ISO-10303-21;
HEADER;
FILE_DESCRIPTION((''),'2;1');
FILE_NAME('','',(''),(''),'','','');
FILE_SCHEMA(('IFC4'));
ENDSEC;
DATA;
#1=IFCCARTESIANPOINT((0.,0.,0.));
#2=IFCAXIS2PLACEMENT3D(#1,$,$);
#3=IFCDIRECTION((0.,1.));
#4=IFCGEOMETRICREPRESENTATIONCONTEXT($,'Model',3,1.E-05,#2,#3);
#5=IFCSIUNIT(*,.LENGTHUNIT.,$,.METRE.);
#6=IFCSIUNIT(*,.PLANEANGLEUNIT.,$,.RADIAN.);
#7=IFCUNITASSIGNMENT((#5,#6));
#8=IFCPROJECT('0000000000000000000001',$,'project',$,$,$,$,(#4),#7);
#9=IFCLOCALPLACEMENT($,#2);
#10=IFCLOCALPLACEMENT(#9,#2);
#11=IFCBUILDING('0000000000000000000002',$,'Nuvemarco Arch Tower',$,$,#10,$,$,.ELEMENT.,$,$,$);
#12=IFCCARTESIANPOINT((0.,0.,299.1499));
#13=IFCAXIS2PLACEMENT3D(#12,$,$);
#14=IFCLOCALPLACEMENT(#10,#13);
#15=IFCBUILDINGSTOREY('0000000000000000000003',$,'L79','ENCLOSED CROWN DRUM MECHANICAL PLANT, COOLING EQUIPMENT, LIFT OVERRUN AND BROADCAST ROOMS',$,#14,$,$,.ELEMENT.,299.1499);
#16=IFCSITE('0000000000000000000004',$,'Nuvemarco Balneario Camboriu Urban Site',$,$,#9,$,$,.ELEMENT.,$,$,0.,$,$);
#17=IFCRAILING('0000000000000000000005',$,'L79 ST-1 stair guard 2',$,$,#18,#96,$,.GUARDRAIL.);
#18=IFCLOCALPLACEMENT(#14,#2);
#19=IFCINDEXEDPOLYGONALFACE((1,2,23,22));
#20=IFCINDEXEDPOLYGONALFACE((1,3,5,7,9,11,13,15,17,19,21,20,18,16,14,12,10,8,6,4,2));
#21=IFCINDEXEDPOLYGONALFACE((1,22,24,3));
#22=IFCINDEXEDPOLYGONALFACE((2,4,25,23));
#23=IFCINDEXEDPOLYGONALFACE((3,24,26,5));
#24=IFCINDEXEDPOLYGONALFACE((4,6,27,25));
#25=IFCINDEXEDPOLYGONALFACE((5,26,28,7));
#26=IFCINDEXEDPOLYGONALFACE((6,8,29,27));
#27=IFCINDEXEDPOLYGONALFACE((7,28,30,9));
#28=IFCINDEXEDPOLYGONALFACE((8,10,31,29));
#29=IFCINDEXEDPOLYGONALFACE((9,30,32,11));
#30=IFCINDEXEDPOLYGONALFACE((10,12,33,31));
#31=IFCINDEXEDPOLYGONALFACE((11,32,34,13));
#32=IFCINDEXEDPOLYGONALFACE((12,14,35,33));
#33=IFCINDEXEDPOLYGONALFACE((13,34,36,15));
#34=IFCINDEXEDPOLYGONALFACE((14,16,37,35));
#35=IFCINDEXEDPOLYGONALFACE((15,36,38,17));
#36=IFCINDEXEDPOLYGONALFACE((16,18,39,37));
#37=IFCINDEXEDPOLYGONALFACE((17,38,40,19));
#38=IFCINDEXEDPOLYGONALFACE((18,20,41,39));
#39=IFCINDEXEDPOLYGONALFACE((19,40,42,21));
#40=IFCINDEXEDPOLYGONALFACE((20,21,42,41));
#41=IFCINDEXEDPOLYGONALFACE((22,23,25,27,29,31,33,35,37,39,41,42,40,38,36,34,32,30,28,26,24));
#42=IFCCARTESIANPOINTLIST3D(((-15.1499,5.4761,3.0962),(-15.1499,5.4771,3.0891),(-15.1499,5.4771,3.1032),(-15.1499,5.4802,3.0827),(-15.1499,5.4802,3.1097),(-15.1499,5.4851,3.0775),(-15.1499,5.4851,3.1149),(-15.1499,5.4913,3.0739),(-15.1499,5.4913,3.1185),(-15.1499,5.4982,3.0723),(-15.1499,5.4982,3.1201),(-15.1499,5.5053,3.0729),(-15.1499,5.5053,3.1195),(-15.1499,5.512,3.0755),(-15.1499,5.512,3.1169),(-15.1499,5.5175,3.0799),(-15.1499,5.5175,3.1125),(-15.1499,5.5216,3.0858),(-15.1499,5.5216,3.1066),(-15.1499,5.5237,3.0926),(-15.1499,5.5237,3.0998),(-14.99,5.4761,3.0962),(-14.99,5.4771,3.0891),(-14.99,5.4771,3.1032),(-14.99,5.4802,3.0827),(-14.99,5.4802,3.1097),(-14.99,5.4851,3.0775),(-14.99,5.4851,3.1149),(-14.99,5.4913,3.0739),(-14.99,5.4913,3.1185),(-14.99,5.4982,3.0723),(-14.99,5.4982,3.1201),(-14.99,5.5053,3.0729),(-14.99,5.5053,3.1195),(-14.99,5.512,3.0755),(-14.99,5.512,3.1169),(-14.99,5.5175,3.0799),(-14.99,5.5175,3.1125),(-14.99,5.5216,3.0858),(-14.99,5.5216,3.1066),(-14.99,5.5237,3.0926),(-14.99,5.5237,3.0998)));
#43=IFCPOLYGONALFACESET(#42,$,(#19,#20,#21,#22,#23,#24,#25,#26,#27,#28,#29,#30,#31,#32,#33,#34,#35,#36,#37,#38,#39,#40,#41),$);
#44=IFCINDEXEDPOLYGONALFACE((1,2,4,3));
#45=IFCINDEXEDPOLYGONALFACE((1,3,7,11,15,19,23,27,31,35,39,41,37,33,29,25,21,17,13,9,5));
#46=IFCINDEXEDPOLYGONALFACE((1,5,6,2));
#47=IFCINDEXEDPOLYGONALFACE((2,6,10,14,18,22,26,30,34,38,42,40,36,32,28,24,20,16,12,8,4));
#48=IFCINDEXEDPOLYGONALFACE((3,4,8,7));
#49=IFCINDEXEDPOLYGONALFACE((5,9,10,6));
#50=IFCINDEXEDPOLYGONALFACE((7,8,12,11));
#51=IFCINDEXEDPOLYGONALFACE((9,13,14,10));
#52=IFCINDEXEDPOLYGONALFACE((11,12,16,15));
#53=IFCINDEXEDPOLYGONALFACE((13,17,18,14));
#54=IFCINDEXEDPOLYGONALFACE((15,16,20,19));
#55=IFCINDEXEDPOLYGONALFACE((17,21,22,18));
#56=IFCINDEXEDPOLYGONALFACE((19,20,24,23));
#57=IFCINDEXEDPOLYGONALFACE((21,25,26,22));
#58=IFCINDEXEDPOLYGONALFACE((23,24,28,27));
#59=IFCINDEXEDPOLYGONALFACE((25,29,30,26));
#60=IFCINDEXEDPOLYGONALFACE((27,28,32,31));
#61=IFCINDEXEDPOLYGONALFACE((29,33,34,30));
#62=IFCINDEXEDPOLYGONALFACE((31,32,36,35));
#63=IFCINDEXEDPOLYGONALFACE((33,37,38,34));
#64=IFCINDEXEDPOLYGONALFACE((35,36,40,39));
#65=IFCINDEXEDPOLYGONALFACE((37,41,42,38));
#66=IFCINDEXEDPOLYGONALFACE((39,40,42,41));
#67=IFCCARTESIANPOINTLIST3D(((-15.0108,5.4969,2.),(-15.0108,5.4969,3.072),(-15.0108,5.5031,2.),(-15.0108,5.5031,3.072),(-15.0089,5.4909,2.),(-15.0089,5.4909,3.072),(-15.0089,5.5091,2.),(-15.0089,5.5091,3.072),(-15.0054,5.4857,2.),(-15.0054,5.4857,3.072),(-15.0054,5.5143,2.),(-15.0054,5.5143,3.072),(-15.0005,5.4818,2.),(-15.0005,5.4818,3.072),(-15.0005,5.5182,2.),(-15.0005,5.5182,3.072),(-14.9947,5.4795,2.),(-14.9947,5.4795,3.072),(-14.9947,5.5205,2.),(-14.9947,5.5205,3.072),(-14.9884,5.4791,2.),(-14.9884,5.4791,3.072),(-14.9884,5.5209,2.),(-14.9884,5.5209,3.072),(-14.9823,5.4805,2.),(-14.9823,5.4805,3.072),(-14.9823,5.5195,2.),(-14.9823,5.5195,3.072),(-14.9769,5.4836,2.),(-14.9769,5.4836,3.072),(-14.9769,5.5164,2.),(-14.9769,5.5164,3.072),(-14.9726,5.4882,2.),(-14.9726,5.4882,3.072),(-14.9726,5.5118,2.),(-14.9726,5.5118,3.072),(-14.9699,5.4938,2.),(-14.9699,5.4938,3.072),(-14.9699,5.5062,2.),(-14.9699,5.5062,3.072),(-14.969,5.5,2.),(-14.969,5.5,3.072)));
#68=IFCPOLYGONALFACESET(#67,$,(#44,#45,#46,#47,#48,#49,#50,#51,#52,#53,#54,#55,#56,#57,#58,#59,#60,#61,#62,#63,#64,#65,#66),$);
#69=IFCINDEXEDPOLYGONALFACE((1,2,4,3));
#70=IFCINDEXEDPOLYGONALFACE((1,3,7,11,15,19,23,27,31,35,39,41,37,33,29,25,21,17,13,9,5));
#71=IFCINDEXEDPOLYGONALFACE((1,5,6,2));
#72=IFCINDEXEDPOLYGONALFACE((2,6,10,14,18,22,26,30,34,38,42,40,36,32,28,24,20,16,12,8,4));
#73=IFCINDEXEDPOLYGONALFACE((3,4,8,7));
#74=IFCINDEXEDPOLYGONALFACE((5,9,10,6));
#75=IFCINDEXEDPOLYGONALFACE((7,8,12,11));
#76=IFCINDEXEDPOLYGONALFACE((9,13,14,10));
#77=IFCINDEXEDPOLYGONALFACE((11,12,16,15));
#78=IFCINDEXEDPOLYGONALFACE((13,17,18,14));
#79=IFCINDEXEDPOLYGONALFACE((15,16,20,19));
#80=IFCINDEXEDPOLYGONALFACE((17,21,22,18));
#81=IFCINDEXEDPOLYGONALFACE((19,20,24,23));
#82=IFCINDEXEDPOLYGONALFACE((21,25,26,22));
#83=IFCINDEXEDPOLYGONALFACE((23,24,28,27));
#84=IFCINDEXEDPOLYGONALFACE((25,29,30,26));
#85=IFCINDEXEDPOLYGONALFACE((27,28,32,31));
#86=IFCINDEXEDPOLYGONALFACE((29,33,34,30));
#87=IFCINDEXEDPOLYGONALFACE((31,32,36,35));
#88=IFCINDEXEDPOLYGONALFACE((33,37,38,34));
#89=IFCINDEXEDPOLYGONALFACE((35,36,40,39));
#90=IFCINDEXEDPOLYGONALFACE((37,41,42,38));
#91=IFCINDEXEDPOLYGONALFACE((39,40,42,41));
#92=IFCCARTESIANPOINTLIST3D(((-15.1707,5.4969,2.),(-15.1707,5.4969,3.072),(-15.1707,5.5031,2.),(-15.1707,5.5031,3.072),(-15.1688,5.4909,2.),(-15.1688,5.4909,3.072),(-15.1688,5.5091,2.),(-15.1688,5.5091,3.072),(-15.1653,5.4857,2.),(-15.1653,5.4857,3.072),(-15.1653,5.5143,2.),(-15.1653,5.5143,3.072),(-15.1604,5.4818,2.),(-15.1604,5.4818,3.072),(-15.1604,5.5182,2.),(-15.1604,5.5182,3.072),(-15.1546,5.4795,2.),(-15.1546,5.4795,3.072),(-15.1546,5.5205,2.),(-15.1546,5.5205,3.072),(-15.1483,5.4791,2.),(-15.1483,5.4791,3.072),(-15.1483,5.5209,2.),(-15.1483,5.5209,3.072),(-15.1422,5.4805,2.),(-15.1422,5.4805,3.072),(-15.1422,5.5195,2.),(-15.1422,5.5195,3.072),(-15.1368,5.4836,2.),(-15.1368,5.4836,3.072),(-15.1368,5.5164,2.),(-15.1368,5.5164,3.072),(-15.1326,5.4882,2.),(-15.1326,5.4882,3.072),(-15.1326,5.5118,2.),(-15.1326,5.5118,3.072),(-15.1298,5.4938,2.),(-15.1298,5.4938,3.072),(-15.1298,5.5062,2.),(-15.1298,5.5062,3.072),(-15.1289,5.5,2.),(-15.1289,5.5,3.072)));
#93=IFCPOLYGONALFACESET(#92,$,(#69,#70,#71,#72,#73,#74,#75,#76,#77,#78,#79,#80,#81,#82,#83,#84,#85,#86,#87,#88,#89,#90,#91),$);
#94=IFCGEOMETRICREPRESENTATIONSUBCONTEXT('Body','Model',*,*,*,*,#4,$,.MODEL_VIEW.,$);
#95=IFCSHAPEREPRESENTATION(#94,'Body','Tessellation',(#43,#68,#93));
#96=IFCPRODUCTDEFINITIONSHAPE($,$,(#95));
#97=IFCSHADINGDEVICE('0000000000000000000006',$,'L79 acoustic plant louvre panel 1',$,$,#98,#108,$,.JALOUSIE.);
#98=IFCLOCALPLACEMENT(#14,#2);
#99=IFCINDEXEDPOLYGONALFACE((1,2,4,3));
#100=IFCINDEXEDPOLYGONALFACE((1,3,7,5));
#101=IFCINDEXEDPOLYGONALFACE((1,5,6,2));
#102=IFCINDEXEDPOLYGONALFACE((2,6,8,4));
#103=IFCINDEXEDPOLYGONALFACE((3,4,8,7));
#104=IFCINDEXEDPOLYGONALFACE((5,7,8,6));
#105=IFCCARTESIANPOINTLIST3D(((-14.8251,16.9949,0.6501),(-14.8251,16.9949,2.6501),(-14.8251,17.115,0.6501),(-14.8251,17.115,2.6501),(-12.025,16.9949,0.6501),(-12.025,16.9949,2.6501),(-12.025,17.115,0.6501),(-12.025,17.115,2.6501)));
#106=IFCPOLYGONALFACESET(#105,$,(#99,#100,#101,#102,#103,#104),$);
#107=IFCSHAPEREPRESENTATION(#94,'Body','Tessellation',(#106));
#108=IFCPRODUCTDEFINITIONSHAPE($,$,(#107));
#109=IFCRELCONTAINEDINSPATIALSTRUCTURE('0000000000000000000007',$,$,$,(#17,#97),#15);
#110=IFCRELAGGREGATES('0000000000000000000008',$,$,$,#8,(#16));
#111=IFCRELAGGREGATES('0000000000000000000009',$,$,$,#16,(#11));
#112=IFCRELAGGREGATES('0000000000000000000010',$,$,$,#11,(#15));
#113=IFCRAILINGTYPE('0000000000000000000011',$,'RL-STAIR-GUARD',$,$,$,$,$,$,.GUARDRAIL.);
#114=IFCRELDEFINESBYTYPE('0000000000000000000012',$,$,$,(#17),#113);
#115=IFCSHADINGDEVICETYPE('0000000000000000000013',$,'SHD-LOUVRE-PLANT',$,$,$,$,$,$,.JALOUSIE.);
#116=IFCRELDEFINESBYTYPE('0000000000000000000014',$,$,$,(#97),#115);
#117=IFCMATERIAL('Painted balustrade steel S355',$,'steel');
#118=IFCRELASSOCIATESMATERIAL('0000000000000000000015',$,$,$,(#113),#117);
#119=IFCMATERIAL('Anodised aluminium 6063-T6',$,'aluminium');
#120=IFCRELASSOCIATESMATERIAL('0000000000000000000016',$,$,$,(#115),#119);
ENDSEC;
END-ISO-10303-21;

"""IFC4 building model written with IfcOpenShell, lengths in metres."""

from ifc_helpers import new_model, si_unit, direction, frame, origin, origin_2d, place, context, subcontext, project, spatial, rectangle, circle, extrude, source, transform, mapped, material, type_object, type_shapes, element, save


model = new_model("IFC4")

# Units and contexts
model_context = context("Model", 3, precision=1e-05, world=origin(), true_north=direction((0.0, 1.0)))
body_context = subcontext(model_context, "Body", "Model", "MODEL_VIEW")
ifc_project = project(units=[si_unit("LENGTHUNIT", "METRE"), si_unit("PLANEANGLEUNIT", "RADIAN")], contexts=[model_context])

# Site, building, storey
site_placement = place(None, origin())
site = spatial("IfcSite", under=ifc_project, at=site_placement, Name="Nuvemarco Balneario Camboriu Urban Site", CompositionType="ELEMENT", RefElevation=0.0)
building_placement = place(site_placement, origin())
building = spatial("IfcBuilding", under=site, at=building_placement, Name="Nuvemarco Arch Tower", CompositionType="ELEMENT")
storey_placement = place(building_placement, frame((0.0, 0.0, 299.1499)))
storey = spatial("IfcBuildingStorey", under=building, at=storey_placement, Name="L79", Description="ENCLOSED CROWN DRUM MECHANICAL PLANT, COOLING EQUIPMENT, LIFT OVERRUN AND BROADCAST ROOMS", CompositionType="ELEMENT", Elevation=299.1499)

# Railing
ifc_material_1 = material(Name="Painted balustrade steel S355", Category="steel")
railing_type = type_object("IfcRailingType", Name="RL-STAIR-GUARD", PredefinedType="GUARDRAIL", material=ifc_material_1)
railing_placement = place(storey_placement, frame((-14.99, 5.5, 2.0)))
element("IfcRailing", 1, at=railing_placement, inside=storey, type_object=railing_type, Name="L79 ST-1 stair guard 2", PredefinedType="GUARDRAIL", context=body_context, shape_type="SweptSolid", body=[
    extrude(circle(Radius=0.0239, at=origin_2d()), frame((0.0, 0.0, 1.0962), z_axis=(-1.0, 0.0, 0.0), x_axis=(0.0, -1.0, 0.0)), (0.0, 0.0, 1.0), 0.1599),
    extrude(circle(Radius=0.021, at=origin_2d()), origin(), (0.0, 0.0, 1.0), 1.072),
    extrude(circle(Radius=0.021, at=origin_2d()), frame((-0.1599, 0.0, 0.0)), (0.0, 0.0, 1.0), 1.072),
])

# Shading device
ifc_material_2 = material(Name="Anodised aluminium 6063-T6", Category="aluminium")
shading_device_type = type_object("IfcShadingDeviceType", Name="SHD-LOUVRE-PLANT", PredefinedType="JALOUSIE", material=ifc_material_2)
shared_shape_1 = source(origin(), body_context, "Body", "SweptSolid", [
    extrude(rectangle(XDim=2.8, YDim=0.1201, at=origin_2d()), origin(), (0.0, 0.0, 1.0), 2.0),
])
type_shapes(shading_device_type, [shared_shape_1])
shading_device_placement = place(storey_placement, frame((-13.425, 17.0549, 0.6501), z_axis=(0.0, 0.0, 1.0), x_axis=(1.0, 0.0, 0.0)))
element("IfcShadingDevice", 2, at=shading_device_placement, inside=storey, type_object=shading_device_type, Name="L79 acoustic plant louvre panel 1", PredefinedType="JALOUSIE", context=body_context, shape_type="MappedRepresentation", body=[
    mapped(shared_shape_1, transform((0.0, 0.0, 0.0), scale=1.0)),
])

save(model, "model.ifc")
